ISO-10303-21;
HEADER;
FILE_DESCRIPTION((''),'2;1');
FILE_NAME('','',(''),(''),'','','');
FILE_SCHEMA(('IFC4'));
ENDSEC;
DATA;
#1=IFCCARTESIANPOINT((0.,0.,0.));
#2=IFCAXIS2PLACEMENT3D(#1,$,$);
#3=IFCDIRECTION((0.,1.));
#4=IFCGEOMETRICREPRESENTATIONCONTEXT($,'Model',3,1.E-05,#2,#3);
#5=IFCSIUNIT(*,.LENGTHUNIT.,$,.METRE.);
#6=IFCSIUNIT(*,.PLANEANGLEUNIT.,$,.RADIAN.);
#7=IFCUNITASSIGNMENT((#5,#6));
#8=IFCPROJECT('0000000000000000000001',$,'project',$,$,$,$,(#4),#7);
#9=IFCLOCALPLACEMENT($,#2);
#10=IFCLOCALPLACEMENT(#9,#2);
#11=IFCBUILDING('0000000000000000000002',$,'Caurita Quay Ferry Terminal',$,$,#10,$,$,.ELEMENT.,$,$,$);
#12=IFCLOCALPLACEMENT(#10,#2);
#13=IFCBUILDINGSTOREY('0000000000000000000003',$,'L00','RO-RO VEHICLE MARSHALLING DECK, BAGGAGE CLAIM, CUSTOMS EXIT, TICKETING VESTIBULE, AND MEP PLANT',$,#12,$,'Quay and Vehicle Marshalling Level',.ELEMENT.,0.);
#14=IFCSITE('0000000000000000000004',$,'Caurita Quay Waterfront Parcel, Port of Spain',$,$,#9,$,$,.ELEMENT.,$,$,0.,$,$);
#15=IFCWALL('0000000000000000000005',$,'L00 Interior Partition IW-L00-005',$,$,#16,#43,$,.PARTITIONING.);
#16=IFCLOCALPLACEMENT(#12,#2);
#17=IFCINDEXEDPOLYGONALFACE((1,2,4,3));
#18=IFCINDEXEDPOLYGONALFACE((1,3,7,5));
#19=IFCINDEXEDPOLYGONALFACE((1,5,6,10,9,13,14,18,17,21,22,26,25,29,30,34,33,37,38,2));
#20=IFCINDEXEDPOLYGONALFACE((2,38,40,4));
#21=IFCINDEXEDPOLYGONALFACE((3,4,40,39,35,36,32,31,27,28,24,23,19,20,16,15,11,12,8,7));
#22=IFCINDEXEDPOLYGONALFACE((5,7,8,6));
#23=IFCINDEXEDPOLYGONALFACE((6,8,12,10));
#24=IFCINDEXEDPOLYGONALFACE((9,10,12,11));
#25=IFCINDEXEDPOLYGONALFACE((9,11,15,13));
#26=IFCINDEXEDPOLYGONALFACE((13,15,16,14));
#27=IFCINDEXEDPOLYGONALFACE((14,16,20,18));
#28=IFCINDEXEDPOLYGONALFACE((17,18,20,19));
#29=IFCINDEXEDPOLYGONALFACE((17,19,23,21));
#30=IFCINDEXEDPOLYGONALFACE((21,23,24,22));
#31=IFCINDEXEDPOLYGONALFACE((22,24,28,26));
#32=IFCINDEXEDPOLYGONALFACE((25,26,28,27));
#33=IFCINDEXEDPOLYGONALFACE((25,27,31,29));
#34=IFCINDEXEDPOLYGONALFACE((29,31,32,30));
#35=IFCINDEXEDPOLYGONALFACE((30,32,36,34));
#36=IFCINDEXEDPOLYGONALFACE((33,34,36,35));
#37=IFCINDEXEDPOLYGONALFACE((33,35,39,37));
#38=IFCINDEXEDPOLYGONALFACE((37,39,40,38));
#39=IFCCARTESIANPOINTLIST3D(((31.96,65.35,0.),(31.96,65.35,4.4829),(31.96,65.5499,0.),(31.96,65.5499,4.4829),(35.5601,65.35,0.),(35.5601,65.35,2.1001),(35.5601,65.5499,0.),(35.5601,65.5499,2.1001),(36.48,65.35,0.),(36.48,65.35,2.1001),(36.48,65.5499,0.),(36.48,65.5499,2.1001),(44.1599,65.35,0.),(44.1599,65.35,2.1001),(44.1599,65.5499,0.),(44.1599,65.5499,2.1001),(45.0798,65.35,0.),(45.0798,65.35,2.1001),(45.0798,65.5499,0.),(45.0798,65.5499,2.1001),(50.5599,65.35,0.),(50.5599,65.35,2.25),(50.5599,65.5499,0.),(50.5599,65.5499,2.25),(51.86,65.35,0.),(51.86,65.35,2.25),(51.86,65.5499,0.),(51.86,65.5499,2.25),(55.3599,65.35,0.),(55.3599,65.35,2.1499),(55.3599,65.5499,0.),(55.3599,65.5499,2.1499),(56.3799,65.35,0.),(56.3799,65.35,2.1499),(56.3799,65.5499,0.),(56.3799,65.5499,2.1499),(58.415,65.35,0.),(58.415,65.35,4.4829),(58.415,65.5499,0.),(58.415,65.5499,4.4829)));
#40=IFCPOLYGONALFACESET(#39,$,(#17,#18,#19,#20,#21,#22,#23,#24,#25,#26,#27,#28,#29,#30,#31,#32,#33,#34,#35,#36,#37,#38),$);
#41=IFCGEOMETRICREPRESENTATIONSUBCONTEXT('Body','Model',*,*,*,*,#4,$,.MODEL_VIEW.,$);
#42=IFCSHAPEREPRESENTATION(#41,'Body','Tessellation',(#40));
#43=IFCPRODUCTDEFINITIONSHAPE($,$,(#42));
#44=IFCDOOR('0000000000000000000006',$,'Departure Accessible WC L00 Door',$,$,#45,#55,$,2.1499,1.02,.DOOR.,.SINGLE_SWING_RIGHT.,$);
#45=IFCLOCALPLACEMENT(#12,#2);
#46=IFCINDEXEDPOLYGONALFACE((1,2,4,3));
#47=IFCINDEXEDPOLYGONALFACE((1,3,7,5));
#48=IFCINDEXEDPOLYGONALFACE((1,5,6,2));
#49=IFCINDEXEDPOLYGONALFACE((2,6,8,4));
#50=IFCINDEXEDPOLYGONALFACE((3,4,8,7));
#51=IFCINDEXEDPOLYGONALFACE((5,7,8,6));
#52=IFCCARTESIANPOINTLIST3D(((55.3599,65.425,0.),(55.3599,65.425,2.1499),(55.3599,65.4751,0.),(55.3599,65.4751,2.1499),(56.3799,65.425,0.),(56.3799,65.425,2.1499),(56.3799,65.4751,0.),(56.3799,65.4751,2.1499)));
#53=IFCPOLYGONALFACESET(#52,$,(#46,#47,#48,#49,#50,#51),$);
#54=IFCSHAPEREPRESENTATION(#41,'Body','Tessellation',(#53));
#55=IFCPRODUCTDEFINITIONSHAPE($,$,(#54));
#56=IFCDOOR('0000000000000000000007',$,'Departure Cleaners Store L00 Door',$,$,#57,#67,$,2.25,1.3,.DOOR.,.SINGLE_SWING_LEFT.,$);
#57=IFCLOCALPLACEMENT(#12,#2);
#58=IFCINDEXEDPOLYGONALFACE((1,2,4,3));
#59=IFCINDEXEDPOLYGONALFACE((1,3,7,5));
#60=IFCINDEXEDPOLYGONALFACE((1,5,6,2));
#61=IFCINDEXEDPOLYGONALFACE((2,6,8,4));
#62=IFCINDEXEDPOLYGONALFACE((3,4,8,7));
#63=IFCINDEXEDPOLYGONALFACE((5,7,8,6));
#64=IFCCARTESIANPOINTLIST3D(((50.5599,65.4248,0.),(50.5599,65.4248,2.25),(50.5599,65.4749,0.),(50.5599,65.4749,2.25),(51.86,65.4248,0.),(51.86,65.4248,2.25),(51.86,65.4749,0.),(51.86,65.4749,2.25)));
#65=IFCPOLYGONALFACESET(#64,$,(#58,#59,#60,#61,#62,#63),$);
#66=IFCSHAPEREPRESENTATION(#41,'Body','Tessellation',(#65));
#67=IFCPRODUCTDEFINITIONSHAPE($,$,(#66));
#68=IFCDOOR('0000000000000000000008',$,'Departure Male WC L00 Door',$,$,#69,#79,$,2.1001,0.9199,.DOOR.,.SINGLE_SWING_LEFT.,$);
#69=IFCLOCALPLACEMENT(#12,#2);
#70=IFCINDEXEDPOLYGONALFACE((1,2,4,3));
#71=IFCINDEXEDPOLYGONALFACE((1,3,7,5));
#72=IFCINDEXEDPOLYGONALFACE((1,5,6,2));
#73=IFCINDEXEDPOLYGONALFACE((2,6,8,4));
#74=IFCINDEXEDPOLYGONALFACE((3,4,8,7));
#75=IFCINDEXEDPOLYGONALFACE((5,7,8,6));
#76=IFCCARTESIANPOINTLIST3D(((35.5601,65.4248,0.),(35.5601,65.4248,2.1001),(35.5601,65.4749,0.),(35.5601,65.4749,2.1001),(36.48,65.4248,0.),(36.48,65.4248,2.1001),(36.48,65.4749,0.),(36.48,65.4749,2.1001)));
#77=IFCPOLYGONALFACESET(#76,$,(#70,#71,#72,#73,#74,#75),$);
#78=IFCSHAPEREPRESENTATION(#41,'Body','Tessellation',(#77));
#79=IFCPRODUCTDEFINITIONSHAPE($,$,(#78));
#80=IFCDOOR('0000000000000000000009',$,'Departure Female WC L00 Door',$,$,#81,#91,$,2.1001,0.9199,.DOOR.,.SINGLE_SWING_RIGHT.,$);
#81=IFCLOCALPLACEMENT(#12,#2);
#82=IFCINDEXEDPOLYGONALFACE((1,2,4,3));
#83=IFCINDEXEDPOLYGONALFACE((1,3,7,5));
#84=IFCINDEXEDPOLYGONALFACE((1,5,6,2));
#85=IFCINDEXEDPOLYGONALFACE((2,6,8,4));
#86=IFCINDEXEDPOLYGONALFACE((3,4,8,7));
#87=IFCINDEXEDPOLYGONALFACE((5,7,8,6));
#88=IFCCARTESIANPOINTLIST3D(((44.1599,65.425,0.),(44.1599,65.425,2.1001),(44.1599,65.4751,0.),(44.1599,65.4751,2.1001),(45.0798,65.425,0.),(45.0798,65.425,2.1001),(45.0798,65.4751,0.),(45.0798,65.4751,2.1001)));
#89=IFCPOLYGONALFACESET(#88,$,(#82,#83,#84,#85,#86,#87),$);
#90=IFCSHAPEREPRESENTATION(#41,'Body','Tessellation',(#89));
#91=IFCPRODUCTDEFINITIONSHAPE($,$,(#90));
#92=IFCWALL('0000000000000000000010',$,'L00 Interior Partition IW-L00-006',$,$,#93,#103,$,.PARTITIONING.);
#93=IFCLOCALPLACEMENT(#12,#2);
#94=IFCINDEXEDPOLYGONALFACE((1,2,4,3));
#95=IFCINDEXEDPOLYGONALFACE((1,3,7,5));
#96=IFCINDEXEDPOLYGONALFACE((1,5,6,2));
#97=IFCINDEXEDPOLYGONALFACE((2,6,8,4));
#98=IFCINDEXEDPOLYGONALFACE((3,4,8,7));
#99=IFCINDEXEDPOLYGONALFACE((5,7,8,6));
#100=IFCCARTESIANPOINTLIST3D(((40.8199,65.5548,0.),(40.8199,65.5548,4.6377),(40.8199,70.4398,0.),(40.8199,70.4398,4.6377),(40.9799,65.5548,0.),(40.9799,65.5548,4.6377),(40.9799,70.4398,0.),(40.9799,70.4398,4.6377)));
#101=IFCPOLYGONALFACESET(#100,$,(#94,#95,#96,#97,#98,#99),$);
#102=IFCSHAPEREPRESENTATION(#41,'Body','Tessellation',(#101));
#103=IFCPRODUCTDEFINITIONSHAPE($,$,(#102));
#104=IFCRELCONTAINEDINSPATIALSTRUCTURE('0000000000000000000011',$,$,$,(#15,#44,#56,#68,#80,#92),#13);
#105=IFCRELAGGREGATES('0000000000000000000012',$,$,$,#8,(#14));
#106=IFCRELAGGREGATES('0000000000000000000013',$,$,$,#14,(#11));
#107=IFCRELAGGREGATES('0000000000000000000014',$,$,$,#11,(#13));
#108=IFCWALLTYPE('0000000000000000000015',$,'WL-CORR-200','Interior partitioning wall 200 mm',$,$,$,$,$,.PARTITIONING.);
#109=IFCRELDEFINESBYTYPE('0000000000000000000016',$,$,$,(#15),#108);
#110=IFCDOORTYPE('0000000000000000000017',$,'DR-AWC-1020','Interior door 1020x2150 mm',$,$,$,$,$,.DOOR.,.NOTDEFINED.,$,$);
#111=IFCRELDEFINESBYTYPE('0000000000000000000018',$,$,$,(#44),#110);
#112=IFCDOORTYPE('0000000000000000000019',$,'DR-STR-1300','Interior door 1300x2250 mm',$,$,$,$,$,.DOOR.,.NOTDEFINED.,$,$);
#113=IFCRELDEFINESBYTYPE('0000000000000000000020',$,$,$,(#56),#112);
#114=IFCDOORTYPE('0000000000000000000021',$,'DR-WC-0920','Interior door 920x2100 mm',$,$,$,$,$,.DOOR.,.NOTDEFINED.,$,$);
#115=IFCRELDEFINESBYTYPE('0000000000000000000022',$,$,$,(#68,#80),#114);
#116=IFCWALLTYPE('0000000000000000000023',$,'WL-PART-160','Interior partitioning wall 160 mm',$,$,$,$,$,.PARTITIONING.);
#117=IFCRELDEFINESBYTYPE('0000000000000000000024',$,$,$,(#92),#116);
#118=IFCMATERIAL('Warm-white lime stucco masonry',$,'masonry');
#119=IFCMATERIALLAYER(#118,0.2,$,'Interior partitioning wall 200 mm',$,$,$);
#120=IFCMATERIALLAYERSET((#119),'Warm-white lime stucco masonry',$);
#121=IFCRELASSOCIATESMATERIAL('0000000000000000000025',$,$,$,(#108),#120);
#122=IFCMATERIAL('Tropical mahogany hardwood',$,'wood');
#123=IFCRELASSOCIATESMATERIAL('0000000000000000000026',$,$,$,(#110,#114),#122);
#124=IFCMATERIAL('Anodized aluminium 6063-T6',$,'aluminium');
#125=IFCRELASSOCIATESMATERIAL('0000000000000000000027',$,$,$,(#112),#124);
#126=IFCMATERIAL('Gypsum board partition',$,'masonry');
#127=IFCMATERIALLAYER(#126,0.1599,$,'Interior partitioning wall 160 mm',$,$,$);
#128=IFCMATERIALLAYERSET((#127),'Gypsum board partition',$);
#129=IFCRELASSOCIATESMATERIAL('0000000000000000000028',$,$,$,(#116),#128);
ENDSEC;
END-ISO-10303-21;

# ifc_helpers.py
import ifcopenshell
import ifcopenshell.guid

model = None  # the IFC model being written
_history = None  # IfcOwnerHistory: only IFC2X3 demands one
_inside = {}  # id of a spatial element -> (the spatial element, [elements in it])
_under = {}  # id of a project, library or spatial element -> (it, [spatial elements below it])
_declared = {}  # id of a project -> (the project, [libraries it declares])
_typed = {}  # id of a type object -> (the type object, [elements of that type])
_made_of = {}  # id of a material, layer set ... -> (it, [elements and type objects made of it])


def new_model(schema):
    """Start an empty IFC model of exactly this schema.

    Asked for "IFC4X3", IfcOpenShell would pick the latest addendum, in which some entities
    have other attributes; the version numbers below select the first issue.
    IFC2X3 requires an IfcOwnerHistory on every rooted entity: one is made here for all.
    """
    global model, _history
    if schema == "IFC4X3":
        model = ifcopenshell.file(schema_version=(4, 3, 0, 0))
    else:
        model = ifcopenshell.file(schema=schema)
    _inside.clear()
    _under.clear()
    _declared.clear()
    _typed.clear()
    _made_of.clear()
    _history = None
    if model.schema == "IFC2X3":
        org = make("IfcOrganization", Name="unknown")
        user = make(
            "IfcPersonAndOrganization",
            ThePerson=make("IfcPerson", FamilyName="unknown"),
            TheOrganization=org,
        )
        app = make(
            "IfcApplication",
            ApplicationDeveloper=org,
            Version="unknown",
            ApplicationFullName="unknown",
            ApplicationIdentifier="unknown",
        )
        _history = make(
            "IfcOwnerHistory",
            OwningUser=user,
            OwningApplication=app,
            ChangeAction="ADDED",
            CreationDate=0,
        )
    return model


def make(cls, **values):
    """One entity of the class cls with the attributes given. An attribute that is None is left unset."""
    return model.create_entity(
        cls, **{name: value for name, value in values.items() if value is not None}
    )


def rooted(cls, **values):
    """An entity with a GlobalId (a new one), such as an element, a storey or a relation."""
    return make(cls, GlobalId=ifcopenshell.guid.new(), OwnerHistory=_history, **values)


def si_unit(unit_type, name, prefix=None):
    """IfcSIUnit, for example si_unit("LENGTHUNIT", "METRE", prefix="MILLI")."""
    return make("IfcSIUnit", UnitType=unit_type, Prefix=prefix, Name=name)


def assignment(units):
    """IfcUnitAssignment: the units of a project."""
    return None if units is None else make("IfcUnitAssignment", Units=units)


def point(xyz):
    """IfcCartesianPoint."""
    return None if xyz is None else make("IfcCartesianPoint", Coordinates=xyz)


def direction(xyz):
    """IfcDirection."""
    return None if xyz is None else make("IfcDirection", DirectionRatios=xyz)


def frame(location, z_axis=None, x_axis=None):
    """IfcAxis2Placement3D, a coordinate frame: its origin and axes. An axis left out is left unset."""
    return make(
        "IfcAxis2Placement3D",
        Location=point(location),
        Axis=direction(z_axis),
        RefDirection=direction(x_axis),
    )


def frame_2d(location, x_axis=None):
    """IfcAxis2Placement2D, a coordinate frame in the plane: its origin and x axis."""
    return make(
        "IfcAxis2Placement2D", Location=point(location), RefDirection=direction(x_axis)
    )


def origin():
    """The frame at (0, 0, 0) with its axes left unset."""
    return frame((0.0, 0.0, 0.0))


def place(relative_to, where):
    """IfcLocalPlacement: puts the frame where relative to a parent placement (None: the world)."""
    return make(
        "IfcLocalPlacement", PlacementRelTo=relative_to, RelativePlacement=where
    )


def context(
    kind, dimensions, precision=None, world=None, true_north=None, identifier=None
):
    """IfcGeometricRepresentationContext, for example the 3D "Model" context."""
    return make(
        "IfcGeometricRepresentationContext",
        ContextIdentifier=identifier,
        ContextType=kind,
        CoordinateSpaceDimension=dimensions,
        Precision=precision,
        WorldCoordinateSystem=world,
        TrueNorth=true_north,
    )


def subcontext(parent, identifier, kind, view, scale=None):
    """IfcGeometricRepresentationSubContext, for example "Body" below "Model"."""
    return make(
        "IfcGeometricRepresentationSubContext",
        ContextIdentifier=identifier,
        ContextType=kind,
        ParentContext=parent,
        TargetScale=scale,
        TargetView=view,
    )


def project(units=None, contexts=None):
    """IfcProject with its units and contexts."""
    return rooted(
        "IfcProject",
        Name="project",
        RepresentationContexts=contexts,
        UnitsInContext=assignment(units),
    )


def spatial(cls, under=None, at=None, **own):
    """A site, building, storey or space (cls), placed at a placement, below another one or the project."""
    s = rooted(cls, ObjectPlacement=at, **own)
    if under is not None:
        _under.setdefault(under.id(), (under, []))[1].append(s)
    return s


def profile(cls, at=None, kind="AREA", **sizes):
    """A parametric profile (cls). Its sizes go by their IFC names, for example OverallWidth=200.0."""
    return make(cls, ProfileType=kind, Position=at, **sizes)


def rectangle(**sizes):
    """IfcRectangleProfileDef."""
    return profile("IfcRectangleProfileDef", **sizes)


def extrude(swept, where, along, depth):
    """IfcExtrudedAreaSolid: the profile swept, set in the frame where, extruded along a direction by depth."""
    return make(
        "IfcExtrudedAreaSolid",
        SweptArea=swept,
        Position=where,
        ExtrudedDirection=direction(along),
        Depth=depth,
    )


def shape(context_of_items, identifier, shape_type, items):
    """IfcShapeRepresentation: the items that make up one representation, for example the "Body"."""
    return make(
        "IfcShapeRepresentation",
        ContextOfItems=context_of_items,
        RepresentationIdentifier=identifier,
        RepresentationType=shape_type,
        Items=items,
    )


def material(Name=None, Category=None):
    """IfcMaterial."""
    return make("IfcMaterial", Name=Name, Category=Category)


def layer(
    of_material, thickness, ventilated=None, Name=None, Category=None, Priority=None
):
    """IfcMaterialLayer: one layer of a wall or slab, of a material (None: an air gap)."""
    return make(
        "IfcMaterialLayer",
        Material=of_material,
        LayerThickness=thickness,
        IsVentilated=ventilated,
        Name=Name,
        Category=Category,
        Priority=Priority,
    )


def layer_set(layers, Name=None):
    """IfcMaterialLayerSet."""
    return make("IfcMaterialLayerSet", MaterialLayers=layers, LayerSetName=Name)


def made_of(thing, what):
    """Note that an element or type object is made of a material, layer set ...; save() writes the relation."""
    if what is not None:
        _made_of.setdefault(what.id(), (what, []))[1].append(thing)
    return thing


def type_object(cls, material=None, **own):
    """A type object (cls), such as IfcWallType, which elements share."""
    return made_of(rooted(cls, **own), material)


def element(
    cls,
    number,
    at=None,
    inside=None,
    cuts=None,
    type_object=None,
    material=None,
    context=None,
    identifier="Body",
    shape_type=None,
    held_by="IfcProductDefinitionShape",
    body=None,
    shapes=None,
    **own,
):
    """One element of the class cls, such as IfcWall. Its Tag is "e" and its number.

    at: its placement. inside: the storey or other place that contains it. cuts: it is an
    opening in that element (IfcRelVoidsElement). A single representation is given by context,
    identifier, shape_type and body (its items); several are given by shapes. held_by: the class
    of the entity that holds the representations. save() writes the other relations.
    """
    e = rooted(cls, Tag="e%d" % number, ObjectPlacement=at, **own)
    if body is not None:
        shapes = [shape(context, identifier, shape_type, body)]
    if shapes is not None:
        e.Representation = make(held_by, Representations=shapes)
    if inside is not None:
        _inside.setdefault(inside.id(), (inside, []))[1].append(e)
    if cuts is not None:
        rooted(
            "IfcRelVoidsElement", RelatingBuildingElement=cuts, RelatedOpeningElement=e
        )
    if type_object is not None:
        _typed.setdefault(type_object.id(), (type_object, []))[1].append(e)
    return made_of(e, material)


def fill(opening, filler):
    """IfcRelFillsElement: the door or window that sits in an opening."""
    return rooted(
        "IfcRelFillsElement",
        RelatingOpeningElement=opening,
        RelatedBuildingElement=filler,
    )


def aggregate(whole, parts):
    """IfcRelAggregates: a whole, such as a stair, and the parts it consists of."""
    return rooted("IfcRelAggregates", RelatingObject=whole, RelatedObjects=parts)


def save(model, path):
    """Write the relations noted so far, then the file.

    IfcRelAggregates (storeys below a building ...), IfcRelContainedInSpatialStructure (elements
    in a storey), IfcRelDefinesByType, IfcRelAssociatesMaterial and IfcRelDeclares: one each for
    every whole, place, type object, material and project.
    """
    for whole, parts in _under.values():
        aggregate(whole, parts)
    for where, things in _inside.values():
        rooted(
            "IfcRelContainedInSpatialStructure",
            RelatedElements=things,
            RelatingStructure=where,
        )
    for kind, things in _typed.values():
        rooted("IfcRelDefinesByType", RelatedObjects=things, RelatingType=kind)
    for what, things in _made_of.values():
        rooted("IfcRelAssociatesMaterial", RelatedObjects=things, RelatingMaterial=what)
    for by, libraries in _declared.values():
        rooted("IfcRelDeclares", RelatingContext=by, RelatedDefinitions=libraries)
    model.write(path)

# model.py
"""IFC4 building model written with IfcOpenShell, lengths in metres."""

from ifc_helpers import new_model, si_unit, direction, frame, frame_2d, origin, place, context, subcontext, project, spatial, rectangle, extrude, material, layer, layer_set, type_object, element, fill, save


model = new_model("IFC4")

# Units and contexts
model_context = context("Model", 3, precision=1e-05, world=origin(), true_north=direction((0.0, 1.0)))
body_context = subcontext(model_context, "Body", "Model", "MODEL_VIEW")
ifc_project = project(units=[si_unit("LENGTHUNIT", "METRE"), si_unit("PLANEANGLEUNIT", "RADIAN")], contexts=[model_context])

# Site, building, storey
site_placement = place(None, origin())
site = spatial("IfcSite", under=ifc_project, at=site_placement, Name="Caurita Quay Waterfront Parcel, Port of Spain", CompositionType="ELEMENT", RefElevation=0.0)
building_placement = place(site_placement, origin())
building = spatial("IfcBuilding", under=site, at=building_placement, Name="Caurita Quay Ferry Terminal", CompositionType="ELEMENT")
storey_placement = place(building_placement, origin())
storey = spatial("IfcBuildingStorey", under=building, at=storey_placement, Name="L00", Description="RO-RO VEHICLE MARSHALLING DECK, BAGGAGE CLAIM, CUSTOMS EXIT, TICKETING VESTIBULE, AND MEP PLANT", LongName="Quay and Vehicle Marshalling Level", CompositionType="ELEMENT", Elevation=0.0)

# Wall, openings, doors
ifc_material_1 = material(Name="Warm-white lime stucco masonry", Category="masonry")
ifc_layer_1 = layer(ifc_material_1, 0.2, Name="Interior partitioning wall 200 mm")
ifc_layer_set_1 = layer_set([ifc_layer_1], Name="Warm-white lime stucco masonry")
wall_type_1 = type_object("IfcWallType", Name="WL-CORR-200", Description="Interior partitioning wall 200 mm", PredefinedType="PARTITIONING", material=ifc_layer_set_1)
wall_1_placement = place(storey_placement, frame((31.96, 65.45, 0.0), z_axis=(0.0, 0.0, 1.0), x_axis=(1.0, 0.0, 0.0)))
wall_1 = element("IfcWall", 1, at=wall_1_placement, inside=storey, type_object=wall_type_1, Name="L00 Interior Partition IW-L00-005", PredefinedType="PARTITIONING", context=body_context, shape_type="SweptSolid", body=[
    extrude(rectangle(XDim=26.4551, YDim=0.2, at=frame_2d((13.2275, 0.0))), origin(), (0.0, 0.0, 1.0), 4.4829),
])
opening_1_placement = place(wall_1_placement, frame((3.6001, 0.0, 0.0)))
opening_1 = element("IfcOpeningElement", 2, at=opening_1_placement, cuts=wall_1, PredefinedType="OPENING", context=body_context, shape_type="SweptSolid", body=[
    extrude(rectangle(XDim=0.9199, YDim=2.1001, at=frame_2d((0.46, 1.05))), frame((0.0, 0.1099, 0.0), z_axis=(0.0, -1.0, 0.0), x_axis=(1.0, 0.0, 0.0)), (0.0, 0.0, 1.0), 0.22),
])
opening_2_placement = place(wall_1_placement, frame((12.2, 0.0, 0.0)))
opening_2 = element("IfcOpeningElement", 3, at=opening_2_placement, cuts=wall_1, PredefinedType="OPENING", context=body_context, shape_type="SweptSolid", body=[
    extrude(rectangle(XDim=0.9199, YDim=2.1001, at=frame_2d((0.46, 1.05))), frame((0.0, 0.1099, 0.0), z_axis=(0.0, -1.0, 0.0), x_axis=(1.0, 0.0, 0.0)), (0.0, 0.0, 1.0), 0.22),
])
opening_3_placement = place(wall_1_placement, frame((18.6001, 0.0, 0.0)))
opening_3 = element("IfcOpeningElement", 4, at=opening_3_placement, cuts=wall_1, PredefinedType="OPENING", context=body_context, shape_type="SweptSolid", body=[
    extrude(rectangle(XDim=1.3, YDim=2.25, at=frame_2d((0.6499, 1.125))), frame((0.0, 0.1099, 0.0), z_axis=(0.0, -1.0, 0.0), x_axis=(1.0, 0.0, 0.0)), (0.0, 0.0, 1.0), 0.22),
])
opening_4_placement = place(wall_1_placement, frame((23.3999, 0.0, 0.0)))
opening_4 = element("IfcOpeningElement", 5, at=opening_4_placement, cuts=wall_1, PredefinedType="OPENING", context=body_context, shape_type="SweptSolid", body=[
    extrude(rectangle(XDim=1.02, YDim=2.1499, at=frame_2d((0.51, 1.075))), frame((0.0, 0.1099, 0.0), z_axis=(0.0, -1.0, 0.0), x_axis=(1.0, 0.0, 0.0)), (0.0, 0.0, 1.0), 0.22),
])
ifc_material_2 = material(Name="Tropical mahogany hardwood", Category="wood")
door_type_1 = type_object("IfcDoorType", Name="DR-AWC-1020", Description="Interior door 1020x2150 mm", OperationType="NOTDEFINED", PredefinedType="DOOR", material=ifc_material_2)
door_1_placement = place(opening_4_placement, frame((1.02, 0.0, 0.0), z_axis=(0.0, 0.0, 1.0), x_axis=(-1.0, 0.0, 0.0)))
door_1 = element("IfcDoor", 6, at=door_1_placement, inside=storey, type_object=door_type_1, Name="Departure Accessible WC L00 Door", OperationType="SINGLE_SWING_RIGHT", OverallHeight=2.1499, OverallWidth=1.02, PredefinedType="DOOR", context=body_context, shape_type="SweptSolid", body=[
    extrude(rectangle(XDim=1.02, YDim=2.1499, at=frame_2d((0.51, 1.075))), frame((0.0, 0.0249, 0.0), z_axis=(0.0, -1.0, 0.0), x_axis=(1.0, 0.0, 0.0)), (0.0, 0.0, 1.0), 0.05),
])
fill(opening_4, door_1)
ifc_material_3 = material(Name="Anodized aluminium 6063-T6", Category="aluminium")
door_type_2 = type_object("IfcDoorType", Name="DR-STR-1300", Description="Interior door 1300x2250 mm", OperationType="NOTDEFINED", PredefinedType="DOOR", material=ifc_material_3)
door_2_placement = place(opening_3_placement, origin())
door_2 = element("IfcDoor", 7, at=door_2_placement, inside=storey, type_object=door_type_2, Name="Departure Cleaners Store L00 Door", OperationType="SINGLE_SWING_LEFT", OverallHeight=2.25, OverallWidth=1.3, PredefinedType="DOOR", context=body_context, shape_type="SweptSolid", body=[
    extrude(rectangle(XDim=1.3, YDim=2.25, at=frame_2d((0.6499, 1.125))), frame((0.0, 0.0249, 0.0), z_axis=(0.0, -1.0, 0.0), x_axis=(1.0, 0.0, 0.0)), (0.0, 0.0, 1.0), 0.05),
])
fill(opening_3, door_2)
door_type_3 = type_object("IfcDoorType", Name="DR-WC-0920", Description="Interior door 920x2100 mm", OperationType="NOTDEFINED", PredefinedType="DOOR", material=ifc_material_2)
door_3_placement = place(opening_1_placement, origin())
door_3 = element("IfcDoor", 8, at=door_3_placement, inside=storey, type_object=door_type_3, Name="Departure Male WC L00 Door", OperationType="SINGLE_SWING_LEFT", OverallHeight=2.1001, OverallWidth=0.9199, PredefinedType="DOOR", context=body_context, shape_type="SweptSolid", body=[
    extrude(rectangle(XDim=0.9199, YDim=2.1001, at=frame_2d((0.46, 1.05))), frame((0.0, 0.0249, 0.0), z_axis=(0.0, -1.0, 0.0), x_axis=(1.0, 0.0, 0.0)), (0.0, 0.0, 1.0), 0.05),
])
fill(opening_1, door_3)
door_4_placement = place(opening_2_placement, frame((0.9199, 0.0, 0.0), z_axis=(0.0, 0.0, 1.0), x_axis=(-1.0, 0.0, 0.0)))
door_4 = element("IfcDoor", 9, at=door_4_placement, inside=storey, type_object=door_type_3, Name="Departure Female WC L00 Door", OperationType="SINGLE_SWING_RIGHT", OverallHeight=2.1001, OverallWidth=0.9199, PredefinedType="DOOR", context=body_context, shape_type="SweptSolid", body=[
    extrude(rectangle(XDim=0.9199, YDim=2.1001, at=frame_2d((0.46, 1.05))), frame((0.0, 0.0249, 0.0), z_axis=(0.0, -1.0, 0.0), x_axis=(1.0, 0.0, 0.0)), (0.0, 0.0, 1.0), 0.05),
])
fill(opening_2, door_4)

# Wall
ifc_material_4 = material(Name="Gypsum board partition", Category="masonry")
ifc_layer_2 = layer(ifc_material_4, 0.1599, Name="Interior partitioning wall 160 mm")
ifc_layer_set_2 = layer_set([ifc_layer_2], Name="Gypsum board partition")
wall_type_2 = type_object("IfcWallType", Name="WL-PART-160", Description="Interior partitioning wall 160 mm", PredefinedType="PARTITIONING", material=ifc_layer_set_2)
wall_2_placement = place(storey_placement, frame((40.8999, 65.5549, 0.0), z_axis=(0.0, 0.0, 1.0), x_axis=(0.0, 1.0, 0.0)))
element("IfcWall", 10, at=wall_2_placement, inside=storey, type_object=wall_type_2, Name="L00 Interior Partition IW-L00-006", PredefinedType="PARTITIONING", context=body_context, shape_type="SweptSolid", body=[
    extrude(rectangle(XDim=4.885, YDim=0.1599, at=frame_2d((2.4424, 0.0))), origin(), (0.0, 0.0, 1.0), 4.6377),
])

save(model, "model.ifc")
